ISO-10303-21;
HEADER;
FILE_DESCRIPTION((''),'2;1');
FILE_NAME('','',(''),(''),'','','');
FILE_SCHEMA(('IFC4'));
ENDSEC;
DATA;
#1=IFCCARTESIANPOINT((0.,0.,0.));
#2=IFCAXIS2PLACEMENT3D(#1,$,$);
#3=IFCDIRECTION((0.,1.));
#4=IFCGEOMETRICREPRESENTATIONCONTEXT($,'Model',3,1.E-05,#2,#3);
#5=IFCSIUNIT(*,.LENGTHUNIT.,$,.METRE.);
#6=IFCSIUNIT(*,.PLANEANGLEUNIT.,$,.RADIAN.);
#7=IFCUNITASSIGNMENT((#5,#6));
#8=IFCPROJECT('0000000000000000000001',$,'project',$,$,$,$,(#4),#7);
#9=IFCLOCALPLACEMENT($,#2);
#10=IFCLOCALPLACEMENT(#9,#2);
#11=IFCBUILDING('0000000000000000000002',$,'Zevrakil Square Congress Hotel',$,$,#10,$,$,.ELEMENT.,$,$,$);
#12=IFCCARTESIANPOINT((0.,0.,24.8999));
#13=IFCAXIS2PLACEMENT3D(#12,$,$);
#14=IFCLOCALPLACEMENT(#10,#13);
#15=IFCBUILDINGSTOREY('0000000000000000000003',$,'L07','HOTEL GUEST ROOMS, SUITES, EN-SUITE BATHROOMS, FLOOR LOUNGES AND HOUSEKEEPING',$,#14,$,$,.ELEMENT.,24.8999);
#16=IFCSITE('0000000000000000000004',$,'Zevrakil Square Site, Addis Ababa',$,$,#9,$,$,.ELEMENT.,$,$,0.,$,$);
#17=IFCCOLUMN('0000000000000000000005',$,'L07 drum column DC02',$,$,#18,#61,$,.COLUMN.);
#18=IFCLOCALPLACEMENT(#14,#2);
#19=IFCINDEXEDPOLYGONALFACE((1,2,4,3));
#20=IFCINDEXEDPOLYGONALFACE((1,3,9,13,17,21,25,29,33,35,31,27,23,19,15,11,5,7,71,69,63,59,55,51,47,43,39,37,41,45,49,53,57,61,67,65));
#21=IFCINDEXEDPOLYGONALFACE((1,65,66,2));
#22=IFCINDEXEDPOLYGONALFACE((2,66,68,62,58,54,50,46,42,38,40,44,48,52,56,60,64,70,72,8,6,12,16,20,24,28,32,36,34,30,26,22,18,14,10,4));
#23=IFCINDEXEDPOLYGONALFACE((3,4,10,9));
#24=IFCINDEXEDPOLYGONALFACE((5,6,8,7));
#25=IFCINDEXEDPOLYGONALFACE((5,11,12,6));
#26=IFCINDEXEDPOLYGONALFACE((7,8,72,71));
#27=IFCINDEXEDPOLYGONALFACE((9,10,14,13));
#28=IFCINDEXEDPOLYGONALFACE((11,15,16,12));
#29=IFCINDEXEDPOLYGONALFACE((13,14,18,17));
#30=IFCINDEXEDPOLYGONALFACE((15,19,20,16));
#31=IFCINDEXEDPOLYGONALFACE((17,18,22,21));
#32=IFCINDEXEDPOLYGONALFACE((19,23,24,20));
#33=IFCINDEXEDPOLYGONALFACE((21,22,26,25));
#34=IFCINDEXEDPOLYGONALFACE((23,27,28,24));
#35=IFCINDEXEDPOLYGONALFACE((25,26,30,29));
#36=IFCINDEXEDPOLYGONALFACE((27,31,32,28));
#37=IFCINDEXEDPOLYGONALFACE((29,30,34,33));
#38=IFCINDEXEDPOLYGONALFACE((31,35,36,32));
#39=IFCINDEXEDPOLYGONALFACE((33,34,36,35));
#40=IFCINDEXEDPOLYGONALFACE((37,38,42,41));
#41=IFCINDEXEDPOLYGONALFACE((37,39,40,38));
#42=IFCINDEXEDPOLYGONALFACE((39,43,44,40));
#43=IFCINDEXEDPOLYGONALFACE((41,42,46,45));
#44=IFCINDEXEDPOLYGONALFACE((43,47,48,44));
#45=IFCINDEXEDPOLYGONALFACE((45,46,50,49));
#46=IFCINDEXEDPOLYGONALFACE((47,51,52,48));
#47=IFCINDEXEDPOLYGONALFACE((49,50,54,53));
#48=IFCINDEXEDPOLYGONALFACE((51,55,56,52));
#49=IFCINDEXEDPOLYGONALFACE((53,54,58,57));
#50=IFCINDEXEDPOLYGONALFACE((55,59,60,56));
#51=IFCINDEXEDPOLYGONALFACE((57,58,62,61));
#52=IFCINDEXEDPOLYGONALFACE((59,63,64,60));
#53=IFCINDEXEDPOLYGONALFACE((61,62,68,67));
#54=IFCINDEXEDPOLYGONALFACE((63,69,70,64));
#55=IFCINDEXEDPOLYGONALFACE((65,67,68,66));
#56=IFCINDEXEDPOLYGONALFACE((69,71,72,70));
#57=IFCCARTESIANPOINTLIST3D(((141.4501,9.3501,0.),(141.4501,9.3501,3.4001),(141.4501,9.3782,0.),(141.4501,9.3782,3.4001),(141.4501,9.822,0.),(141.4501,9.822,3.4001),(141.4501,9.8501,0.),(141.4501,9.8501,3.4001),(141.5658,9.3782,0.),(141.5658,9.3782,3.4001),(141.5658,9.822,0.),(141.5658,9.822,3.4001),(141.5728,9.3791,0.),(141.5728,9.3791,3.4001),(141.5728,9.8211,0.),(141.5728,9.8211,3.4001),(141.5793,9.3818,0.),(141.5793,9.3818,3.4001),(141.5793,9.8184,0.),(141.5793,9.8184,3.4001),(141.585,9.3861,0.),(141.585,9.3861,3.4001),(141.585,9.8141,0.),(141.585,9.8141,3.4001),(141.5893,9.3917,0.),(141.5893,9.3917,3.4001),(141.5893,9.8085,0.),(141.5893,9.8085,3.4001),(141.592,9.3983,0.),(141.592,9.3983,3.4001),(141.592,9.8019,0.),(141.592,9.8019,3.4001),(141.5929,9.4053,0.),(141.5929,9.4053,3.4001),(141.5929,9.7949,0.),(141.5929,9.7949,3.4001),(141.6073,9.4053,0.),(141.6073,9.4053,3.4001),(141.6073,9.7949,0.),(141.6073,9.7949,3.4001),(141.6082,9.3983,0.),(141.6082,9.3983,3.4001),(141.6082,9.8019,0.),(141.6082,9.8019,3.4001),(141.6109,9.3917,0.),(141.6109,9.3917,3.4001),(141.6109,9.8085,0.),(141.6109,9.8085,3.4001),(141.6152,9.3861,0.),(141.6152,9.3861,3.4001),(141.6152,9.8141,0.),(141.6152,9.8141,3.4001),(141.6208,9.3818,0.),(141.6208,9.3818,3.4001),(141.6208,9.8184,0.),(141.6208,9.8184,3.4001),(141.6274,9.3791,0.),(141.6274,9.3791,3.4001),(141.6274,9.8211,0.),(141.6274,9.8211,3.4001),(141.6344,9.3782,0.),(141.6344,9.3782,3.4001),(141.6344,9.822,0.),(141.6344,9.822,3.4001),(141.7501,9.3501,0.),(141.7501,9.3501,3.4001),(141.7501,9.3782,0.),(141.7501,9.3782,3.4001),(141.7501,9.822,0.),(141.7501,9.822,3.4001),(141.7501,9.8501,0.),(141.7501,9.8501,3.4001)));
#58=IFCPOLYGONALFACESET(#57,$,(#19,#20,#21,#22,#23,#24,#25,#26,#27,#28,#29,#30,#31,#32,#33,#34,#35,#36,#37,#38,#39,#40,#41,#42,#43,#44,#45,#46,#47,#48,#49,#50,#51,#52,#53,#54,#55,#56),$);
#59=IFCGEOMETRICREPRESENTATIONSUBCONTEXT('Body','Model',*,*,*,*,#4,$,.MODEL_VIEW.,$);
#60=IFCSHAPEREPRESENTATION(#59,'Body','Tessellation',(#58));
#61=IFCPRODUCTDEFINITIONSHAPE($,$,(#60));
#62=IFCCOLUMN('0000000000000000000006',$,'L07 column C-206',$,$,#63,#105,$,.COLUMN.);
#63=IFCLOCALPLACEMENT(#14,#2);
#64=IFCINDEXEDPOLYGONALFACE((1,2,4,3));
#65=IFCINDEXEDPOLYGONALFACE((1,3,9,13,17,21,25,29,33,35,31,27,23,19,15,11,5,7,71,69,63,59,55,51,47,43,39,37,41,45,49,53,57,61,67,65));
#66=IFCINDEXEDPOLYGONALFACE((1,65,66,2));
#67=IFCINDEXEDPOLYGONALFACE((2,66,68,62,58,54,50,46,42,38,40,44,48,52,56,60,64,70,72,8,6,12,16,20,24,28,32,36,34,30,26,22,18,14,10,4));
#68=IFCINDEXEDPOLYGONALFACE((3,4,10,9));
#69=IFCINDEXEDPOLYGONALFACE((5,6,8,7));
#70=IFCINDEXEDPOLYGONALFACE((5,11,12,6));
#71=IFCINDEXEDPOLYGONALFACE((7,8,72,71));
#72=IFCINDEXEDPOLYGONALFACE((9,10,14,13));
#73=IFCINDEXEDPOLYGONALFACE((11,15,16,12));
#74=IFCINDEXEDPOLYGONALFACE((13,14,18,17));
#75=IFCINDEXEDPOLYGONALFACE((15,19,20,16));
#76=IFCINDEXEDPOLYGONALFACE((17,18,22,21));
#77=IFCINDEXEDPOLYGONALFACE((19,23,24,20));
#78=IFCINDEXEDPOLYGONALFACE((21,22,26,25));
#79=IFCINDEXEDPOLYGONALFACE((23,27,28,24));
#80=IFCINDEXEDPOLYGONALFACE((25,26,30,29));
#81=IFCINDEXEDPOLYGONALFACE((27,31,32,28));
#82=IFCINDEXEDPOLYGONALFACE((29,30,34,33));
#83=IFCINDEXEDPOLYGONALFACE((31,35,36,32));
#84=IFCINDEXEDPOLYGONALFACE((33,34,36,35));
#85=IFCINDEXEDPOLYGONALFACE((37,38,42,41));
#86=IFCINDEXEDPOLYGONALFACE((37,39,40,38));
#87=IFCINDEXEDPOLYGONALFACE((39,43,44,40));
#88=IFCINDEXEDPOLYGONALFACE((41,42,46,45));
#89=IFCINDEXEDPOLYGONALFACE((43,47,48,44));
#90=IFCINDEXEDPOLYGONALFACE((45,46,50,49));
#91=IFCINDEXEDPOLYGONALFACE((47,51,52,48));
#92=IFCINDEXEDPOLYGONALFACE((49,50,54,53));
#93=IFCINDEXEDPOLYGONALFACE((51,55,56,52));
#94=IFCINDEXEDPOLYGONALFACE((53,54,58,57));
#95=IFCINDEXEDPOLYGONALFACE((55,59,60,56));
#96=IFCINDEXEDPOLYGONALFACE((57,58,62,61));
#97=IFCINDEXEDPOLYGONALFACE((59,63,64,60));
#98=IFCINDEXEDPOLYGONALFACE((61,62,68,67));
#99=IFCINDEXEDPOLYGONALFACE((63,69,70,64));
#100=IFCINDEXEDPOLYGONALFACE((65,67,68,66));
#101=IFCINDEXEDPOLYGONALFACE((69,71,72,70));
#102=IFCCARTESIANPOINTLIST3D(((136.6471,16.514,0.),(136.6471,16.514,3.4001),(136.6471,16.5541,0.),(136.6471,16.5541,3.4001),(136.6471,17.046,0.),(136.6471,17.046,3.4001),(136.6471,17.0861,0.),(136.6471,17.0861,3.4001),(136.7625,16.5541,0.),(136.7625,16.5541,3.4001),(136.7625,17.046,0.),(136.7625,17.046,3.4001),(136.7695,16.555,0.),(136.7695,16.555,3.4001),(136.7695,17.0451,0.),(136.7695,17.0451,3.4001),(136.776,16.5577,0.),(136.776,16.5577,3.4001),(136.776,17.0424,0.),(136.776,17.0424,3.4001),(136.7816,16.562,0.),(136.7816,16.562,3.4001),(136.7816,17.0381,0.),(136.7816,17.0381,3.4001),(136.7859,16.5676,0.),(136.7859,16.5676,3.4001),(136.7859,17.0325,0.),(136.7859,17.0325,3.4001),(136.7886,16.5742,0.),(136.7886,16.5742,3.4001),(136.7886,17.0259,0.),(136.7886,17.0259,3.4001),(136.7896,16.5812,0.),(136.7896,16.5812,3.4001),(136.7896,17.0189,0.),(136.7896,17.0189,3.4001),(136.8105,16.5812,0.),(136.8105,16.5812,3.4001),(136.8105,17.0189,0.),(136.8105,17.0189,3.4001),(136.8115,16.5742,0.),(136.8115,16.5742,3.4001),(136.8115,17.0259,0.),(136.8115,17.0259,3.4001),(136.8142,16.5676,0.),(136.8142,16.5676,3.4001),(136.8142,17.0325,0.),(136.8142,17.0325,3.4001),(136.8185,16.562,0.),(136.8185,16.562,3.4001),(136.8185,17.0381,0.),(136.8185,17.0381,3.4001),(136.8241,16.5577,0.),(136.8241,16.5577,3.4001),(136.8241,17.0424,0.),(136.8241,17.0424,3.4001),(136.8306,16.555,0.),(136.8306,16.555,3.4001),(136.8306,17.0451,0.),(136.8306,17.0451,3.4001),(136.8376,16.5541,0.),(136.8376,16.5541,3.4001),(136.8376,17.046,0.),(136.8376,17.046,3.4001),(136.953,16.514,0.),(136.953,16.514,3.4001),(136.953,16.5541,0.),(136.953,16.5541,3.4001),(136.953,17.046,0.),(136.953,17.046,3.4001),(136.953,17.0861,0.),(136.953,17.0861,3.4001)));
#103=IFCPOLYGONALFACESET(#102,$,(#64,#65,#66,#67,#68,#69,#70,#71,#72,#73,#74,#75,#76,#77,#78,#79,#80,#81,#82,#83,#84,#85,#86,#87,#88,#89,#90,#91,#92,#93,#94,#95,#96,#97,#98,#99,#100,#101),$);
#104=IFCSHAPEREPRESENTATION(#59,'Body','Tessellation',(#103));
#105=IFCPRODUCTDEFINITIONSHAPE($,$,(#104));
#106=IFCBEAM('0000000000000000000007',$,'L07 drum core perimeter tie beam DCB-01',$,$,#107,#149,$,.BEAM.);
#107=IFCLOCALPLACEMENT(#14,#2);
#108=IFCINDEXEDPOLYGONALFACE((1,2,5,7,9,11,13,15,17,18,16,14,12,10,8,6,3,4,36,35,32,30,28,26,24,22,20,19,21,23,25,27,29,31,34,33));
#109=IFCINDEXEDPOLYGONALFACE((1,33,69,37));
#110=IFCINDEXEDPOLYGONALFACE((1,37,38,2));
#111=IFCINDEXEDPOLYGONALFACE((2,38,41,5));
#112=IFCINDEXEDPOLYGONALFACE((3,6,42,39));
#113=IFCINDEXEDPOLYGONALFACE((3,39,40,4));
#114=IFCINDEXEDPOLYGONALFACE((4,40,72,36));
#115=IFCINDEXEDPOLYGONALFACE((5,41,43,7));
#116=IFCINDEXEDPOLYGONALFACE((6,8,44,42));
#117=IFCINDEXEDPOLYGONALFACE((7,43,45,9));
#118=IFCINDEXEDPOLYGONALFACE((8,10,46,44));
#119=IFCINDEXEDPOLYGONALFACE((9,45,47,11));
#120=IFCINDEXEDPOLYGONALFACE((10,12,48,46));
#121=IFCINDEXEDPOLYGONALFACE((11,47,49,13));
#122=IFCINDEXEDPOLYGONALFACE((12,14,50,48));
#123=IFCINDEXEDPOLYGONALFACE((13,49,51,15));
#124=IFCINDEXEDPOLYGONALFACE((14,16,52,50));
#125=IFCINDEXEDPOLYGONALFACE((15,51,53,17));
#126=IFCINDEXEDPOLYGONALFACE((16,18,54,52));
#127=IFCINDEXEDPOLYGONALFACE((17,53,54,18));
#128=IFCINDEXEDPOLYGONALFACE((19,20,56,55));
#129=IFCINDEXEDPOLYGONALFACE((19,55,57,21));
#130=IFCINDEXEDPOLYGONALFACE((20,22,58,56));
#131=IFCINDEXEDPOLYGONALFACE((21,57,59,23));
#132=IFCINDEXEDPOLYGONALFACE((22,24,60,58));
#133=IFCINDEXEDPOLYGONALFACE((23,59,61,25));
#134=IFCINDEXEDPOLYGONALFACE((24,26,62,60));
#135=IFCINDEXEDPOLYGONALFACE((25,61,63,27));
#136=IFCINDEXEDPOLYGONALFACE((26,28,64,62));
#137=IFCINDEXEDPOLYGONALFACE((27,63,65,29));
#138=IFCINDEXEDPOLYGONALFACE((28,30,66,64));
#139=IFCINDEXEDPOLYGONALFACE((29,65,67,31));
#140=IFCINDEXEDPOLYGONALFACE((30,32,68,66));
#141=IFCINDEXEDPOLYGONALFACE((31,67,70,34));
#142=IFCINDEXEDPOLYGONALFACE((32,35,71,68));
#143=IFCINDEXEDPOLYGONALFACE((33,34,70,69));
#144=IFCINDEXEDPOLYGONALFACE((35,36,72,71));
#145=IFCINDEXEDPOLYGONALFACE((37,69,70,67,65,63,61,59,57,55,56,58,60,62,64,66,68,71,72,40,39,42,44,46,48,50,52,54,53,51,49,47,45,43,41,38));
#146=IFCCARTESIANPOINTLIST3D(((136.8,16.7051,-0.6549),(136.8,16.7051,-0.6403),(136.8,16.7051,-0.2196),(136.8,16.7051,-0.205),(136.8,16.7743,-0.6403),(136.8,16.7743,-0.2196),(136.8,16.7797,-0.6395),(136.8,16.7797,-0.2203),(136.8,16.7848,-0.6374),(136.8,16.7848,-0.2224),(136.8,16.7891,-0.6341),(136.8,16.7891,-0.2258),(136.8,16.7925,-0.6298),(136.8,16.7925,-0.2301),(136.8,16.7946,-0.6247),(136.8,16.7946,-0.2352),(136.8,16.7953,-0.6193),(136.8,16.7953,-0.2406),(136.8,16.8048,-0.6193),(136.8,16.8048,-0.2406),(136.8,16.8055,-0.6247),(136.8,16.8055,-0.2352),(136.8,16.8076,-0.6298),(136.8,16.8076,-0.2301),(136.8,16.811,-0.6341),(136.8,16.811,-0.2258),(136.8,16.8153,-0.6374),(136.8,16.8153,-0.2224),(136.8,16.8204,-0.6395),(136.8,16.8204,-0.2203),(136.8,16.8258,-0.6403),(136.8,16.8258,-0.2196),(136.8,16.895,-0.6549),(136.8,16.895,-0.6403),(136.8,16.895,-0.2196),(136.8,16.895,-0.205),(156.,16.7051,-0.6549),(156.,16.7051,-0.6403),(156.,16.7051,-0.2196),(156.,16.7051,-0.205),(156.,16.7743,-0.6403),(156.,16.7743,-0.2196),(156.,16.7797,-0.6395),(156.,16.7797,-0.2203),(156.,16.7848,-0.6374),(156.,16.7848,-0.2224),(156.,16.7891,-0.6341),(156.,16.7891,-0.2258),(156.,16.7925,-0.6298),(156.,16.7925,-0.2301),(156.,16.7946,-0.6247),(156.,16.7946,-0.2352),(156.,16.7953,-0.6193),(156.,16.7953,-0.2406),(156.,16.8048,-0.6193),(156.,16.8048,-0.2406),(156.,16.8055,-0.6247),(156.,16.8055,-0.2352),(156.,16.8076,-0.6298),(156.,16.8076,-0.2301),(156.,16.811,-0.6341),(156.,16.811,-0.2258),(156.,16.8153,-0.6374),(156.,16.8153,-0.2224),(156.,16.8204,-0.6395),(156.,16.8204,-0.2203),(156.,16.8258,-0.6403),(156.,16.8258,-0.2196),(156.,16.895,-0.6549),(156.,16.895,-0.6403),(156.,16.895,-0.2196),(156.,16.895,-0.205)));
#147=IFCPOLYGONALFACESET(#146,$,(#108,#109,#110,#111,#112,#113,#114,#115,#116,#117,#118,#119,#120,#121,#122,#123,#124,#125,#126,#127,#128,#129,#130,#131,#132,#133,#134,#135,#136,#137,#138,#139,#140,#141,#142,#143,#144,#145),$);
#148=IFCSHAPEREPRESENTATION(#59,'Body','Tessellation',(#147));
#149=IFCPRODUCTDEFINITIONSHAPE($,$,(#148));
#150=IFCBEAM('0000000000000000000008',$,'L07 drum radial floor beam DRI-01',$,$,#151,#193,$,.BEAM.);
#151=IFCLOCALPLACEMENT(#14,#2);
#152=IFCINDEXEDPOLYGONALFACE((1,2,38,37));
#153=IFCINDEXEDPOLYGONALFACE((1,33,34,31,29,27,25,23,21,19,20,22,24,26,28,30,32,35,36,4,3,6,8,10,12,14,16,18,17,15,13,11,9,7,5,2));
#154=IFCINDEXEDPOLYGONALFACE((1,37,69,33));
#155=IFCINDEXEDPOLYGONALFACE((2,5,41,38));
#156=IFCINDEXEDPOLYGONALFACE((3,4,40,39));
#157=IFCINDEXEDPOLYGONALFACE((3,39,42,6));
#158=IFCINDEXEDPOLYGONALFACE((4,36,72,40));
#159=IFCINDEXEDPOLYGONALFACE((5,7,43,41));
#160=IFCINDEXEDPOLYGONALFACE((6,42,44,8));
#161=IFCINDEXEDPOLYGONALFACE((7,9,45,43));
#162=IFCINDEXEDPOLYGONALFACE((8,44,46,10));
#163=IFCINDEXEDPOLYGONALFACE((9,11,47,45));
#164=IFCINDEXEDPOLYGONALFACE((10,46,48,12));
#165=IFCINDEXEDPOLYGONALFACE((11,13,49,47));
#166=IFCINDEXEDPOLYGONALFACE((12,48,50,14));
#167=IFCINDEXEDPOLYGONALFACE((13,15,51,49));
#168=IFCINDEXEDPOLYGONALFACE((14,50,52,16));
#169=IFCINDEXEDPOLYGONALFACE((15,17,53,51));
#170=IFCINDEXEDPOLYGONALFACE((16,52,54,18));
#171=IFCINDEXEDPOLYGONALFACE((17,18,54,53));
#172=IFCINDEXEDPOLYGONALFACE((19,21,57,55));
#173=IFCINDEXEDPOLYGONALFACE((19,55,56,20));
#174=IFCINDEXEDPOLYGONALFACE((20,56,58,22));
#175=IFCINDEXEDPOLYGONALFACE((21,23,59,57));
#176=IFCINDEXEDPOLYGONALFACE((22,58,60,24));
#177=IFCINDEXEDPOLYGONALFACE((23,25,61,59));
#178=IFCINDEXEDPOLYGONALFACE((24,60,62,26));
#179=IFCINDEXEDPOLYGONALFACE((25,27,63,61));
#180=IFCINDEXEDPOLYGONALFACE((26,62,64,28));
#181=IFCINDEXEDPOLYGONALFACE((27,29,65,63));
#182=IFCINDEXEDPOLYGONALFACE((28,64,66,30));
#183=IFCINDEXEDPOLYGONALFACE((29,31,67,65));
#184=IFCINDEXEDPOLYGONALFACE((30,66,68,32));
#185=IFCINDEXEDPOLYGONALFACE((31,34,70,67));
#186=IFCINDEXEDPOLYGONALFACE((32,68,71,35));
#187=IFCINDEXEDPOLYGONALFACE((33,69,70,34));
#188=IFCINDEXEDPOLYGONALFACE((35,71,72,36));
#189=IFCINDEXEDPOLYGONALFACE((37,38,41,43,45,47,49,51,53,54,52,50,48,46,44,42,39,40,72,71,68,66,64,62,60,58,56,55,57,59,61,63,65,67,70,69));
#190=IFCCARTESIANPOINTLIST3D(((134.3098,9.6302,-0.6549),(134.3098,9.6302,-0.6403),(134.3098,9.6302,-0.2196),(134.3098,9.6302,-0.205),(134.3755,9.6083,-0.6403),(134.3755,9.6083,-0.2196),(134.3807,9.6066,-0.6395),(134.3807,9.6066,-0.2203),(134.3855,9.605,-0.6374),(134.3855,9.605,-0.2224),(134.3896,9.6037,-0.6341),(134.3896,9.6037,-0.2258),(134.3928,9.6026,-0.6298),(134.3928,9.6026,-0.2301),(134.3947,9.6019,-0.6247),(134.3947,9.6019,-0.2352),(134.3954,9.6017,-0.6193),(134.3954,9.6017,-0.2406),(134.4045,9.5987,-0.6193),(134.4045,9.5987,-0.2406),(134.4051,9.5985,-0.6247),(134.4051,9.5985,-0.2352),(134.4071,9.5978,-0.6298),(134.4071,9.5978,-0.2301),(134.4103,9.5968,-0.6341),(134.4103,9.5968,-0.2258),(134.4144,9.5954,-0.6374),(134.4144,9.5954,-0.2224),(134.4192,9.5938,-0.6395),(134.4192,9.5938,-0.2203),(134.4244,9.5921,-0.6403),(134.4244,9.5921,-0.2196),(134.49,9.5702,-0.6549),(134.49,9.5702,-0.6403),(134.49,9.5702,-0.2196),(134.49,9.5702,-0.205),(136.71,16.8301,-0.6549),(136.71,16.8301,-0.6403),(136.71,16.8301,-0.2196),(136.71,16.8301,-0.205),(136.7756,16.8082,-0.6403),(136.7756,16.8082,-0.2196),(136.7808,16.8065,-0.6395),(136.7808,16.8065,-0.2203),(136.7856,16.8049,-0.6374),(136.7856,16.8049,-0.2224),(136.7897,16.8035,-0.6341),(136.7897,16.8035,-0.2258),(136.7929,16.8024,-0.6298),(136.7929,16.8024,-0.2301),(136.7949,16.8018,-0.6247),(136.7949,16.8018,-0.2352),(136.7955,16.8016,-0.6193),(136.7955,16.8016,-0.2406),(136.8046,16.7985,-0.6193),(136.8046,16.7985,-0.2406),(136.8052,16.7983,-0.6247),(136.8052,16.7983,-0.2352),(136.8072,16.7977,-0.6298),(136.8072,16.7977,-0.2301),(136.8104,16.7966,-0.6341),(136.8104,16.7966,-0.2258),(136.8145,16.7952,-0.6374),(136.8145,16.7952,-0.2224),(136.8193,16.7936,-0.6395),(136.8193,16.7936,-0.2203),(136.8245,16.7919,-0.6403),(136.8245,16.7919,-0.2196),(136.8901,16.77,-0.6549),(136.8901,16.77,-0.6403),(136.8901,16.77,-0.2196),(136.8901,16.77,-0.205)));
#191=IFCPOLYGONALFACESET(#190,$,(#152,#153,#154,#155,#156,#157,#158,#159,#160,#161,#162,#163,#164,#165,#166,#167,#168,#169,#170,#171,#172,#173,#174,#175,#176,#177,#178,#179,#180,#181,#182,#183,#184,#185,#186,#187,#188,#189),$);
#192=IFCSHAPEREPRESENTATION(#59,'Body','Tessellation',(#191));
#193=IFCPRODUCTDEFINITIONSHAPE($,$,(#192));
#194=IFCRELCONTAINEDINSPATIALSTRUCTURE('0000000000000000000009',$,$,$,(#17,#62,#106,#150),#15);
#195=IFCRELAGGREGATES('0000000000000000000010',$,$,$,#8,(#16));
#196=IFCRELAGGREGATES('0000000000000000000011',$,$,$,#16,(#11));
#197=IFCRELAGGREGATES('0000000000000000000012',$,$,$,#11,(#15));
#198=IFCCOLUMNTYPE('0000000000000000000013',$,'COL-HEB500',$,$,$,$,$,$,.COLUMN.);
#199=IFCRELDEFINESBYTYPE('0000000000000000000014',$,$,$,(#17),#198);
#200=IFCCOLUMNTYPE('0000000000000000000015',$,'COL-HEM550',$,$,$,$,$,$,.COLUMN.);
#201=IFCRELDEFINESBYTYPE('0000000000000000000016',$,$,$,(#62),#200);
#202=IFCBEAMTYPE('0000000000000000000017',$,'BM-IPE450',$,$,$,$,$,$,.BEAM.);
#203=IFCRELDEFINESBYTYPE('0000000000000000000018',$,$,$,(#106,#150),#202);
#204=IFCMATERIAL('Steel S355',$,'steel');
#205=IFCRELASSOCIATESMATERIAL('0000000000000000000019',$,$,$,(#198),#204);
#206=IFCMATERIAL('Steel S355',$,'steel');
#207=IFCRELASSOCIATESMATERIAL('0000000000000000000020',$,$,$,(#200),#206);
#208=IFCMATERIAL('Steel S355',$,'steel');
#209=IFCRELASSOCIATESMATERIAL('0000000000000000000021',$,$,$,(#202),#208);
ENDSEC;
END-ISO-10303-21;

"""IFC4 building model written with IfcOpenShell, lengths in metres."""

from ifc_helpers import new_model, si_unit, direction, frame, origin, origin_2d, place, context, subcontext, project, spatial, i_section, extrude, material, material_profile, profile_set, type_object, element, save


model = new_model("IFC4")

# Units and contexts
model_context = context("Model", 3, precision=1e-05, world=origin(), true_north=direction((0.0, 1.0)))
body_context = subcontext(model_context, "Body", "Model", "MODEL_VIEW")
ifc_project = project(units=[si_unit("LENGTHUNIT", "METRE"), si_unit("PLANEANGLEUNIT", "RADIAN")], contexts=[model_context])

# Site, building, storey
site_placement = place(None, origin())
site = spatial("IfcSite", under=ifc_project, at=site_placement, Name="Zevrakil Square Site, Addis Ababa", CompositionType="ELEMENT", RefElevation=0.0)
building_placement = place(site_placement, origin())
building = spatial("IfcBuilding", under=site, at=building_placement, Name="Zevrakil Square Congress Hotel", CompositionType="ELEMENT")
storey_placement = place(building_placement, frame((0.0, 0.0, 24.8999)))
storey = spatial("IfcBuildingStorey", under=building, at=storey_placement, Name="L07", Description="HOTEL GUEST ROOMS, SUITES, EN-SUITE BATHROOMS, FLOOR LOUNGES AND HOUSEKEEPING", CompositionType="ELEMENT", Elevation=24.8999)

# Columns
ifc_material_1 = material(Name="Steel S355", Category="steel")
ifc_material_profile_1 = material_profile(ifc_material_1, i_section(OverallWidth=0.3, OverallDepth=0.5, WebThickness=0.0144, FlangeThickness=0.0281, FilletRadius=0.0271, at=origin_2d()), Name="HEB 500")
ifc_profile_set_1 = profile_set([ifc_material_profile_1], Name="Steel S355")
column_type_1 = type_object("IfcColumnType", Name="COL-HEB500", PredefinedType="COLUMN", material=ifc_profile_set_1)
column_1_placement = place(storey_placement, frame((141.6001, 9.6001, 0.0), z_axis=(0.0, 0.0, 1.0), x_axis=(1.0, 0.0, 0.0)))
element("IfcColumn", 1, at=column_1_placement, inside=storey, type_object=column_type_1, Name="L07 drum column DC02", PredefinedType="COLUMN", context=body_context, shape_type="SweptSolid", body=[
    extrude(i_section(OverallWidth=0.3, OverallDepth=0.5, WebThickness=0.0144, FlangeThickness=0.0281, FilletRadius=0.0271, at=origin_2d()), origin(), (0.0, 0.0, 1.0), 3.4001),
])
ifc_material_2 = material(Name="Steel S355", Category="steel")
ifc_material_profile_2 = material_profile(ifc_material_2, i_section(OverallWidth=0.3059, OverallDepth=0.572, WebThickness=0.021, FlangeThickness=0.04, FilletRadius=0.0271, at=origin_2d()), Name="HEM 550")
ifc_profile_set_2 = profile_set([ifc_material_profile_2], Name="Steel S355")
column_type_2 = type_object("IfcColumnType", Name="COL-HEM550", PredefinedType="COLUMN", material=ifc_profile_set_2)
column_2_placement = place(storey_placement, frame((136.8, 16.8, 0.0), z_axis=(0.0, 0.0, 1.0), x_axis=(1.0, 0.0, 0.0)))
element("IfcColumn", 2, at=column_2_placement, inside=storey, type_object=column_type_2, Name="L07 column C-206", PredefinedType="COLUMN", context=body_context, shape_type="SweptSolid", body=[
    extrude(i_section(OverallWidth=0.3059, OverallDepth=0.572, WebThickness=0.021, FlangeThickness=0.04, FilletRadius=0.0271, at=origin_2d()), origin(), (0.0, 0.0, 1.0), 3.4001),
])

# Beams
ifc_material_3 = material(Name="Steel S355", Category="steel")
ifc_material_profile_3 = material_profile(ifc_material_3, i_section(OverallWidth=0.1899, OverallDepth=0.45, WebThickness=0.0095, FlangeThickness=0.0146, FilletRadius=0.021, at=origin_2d()), Name="IPE 450")
ifc_profile_set_3 = profile_set([ifc_material_profile_3], Name="Steel S355")
beam_type_1 = type_object("IfcBeamType", Name="BM-IPE450", PredefinedType="BEAM", material=ifc_profile_set_3)
beam_1_placement = place(storey_placement, frame((136.8, 16.8, -0.4299), z_axis=(1.0, 0.0, 0.0), x_axis=(0.0, 1.0, 0.0)))
element("IfcBeam", 3, at=beam_1_placement, inside=storey, type_object=beam_type_1, Name="L07 drum core perimeter tie beam DCB-01", PredefinedType="BEAM", context=body_context, shape_type="SweptSolid", body=[
    extrude(i_section(OverallWidth=0.1899, OverallDepth=0.45, WebThickness=0.0095, FlangeThickness=0.0146, FilletRadius=0.021, at=origin_2d()), origin(), (0.0, 0.0, 1.0), 19.2),
])
beam_2_placement = place(storey_placement, frame((136.8, 16.8, -0.4299), z_axis=(-0.316247, -0.948677, 0.0), x_axis=(0.948677, -0.316247, 0.0)))
element("IfcBeam", 4, at=beam_2_placement, inside=storey, type_object=beam_type_1, Name="L07 drum radial floor beam DRI-01", PredefinedType="BEAM", context=body_context, shape_type="SweptSolid", body=[
    extrude(i_section(OverallWidth=0.1899, OverallDepth=0.45, WebThickness=0.0095, FlangeThickness=0.0146, FilletRadius=0.021, at=origin_2d()), origin(), (0.0, 0.0, 1.0), 7.5894),
])

save(model, "model.ifc")
